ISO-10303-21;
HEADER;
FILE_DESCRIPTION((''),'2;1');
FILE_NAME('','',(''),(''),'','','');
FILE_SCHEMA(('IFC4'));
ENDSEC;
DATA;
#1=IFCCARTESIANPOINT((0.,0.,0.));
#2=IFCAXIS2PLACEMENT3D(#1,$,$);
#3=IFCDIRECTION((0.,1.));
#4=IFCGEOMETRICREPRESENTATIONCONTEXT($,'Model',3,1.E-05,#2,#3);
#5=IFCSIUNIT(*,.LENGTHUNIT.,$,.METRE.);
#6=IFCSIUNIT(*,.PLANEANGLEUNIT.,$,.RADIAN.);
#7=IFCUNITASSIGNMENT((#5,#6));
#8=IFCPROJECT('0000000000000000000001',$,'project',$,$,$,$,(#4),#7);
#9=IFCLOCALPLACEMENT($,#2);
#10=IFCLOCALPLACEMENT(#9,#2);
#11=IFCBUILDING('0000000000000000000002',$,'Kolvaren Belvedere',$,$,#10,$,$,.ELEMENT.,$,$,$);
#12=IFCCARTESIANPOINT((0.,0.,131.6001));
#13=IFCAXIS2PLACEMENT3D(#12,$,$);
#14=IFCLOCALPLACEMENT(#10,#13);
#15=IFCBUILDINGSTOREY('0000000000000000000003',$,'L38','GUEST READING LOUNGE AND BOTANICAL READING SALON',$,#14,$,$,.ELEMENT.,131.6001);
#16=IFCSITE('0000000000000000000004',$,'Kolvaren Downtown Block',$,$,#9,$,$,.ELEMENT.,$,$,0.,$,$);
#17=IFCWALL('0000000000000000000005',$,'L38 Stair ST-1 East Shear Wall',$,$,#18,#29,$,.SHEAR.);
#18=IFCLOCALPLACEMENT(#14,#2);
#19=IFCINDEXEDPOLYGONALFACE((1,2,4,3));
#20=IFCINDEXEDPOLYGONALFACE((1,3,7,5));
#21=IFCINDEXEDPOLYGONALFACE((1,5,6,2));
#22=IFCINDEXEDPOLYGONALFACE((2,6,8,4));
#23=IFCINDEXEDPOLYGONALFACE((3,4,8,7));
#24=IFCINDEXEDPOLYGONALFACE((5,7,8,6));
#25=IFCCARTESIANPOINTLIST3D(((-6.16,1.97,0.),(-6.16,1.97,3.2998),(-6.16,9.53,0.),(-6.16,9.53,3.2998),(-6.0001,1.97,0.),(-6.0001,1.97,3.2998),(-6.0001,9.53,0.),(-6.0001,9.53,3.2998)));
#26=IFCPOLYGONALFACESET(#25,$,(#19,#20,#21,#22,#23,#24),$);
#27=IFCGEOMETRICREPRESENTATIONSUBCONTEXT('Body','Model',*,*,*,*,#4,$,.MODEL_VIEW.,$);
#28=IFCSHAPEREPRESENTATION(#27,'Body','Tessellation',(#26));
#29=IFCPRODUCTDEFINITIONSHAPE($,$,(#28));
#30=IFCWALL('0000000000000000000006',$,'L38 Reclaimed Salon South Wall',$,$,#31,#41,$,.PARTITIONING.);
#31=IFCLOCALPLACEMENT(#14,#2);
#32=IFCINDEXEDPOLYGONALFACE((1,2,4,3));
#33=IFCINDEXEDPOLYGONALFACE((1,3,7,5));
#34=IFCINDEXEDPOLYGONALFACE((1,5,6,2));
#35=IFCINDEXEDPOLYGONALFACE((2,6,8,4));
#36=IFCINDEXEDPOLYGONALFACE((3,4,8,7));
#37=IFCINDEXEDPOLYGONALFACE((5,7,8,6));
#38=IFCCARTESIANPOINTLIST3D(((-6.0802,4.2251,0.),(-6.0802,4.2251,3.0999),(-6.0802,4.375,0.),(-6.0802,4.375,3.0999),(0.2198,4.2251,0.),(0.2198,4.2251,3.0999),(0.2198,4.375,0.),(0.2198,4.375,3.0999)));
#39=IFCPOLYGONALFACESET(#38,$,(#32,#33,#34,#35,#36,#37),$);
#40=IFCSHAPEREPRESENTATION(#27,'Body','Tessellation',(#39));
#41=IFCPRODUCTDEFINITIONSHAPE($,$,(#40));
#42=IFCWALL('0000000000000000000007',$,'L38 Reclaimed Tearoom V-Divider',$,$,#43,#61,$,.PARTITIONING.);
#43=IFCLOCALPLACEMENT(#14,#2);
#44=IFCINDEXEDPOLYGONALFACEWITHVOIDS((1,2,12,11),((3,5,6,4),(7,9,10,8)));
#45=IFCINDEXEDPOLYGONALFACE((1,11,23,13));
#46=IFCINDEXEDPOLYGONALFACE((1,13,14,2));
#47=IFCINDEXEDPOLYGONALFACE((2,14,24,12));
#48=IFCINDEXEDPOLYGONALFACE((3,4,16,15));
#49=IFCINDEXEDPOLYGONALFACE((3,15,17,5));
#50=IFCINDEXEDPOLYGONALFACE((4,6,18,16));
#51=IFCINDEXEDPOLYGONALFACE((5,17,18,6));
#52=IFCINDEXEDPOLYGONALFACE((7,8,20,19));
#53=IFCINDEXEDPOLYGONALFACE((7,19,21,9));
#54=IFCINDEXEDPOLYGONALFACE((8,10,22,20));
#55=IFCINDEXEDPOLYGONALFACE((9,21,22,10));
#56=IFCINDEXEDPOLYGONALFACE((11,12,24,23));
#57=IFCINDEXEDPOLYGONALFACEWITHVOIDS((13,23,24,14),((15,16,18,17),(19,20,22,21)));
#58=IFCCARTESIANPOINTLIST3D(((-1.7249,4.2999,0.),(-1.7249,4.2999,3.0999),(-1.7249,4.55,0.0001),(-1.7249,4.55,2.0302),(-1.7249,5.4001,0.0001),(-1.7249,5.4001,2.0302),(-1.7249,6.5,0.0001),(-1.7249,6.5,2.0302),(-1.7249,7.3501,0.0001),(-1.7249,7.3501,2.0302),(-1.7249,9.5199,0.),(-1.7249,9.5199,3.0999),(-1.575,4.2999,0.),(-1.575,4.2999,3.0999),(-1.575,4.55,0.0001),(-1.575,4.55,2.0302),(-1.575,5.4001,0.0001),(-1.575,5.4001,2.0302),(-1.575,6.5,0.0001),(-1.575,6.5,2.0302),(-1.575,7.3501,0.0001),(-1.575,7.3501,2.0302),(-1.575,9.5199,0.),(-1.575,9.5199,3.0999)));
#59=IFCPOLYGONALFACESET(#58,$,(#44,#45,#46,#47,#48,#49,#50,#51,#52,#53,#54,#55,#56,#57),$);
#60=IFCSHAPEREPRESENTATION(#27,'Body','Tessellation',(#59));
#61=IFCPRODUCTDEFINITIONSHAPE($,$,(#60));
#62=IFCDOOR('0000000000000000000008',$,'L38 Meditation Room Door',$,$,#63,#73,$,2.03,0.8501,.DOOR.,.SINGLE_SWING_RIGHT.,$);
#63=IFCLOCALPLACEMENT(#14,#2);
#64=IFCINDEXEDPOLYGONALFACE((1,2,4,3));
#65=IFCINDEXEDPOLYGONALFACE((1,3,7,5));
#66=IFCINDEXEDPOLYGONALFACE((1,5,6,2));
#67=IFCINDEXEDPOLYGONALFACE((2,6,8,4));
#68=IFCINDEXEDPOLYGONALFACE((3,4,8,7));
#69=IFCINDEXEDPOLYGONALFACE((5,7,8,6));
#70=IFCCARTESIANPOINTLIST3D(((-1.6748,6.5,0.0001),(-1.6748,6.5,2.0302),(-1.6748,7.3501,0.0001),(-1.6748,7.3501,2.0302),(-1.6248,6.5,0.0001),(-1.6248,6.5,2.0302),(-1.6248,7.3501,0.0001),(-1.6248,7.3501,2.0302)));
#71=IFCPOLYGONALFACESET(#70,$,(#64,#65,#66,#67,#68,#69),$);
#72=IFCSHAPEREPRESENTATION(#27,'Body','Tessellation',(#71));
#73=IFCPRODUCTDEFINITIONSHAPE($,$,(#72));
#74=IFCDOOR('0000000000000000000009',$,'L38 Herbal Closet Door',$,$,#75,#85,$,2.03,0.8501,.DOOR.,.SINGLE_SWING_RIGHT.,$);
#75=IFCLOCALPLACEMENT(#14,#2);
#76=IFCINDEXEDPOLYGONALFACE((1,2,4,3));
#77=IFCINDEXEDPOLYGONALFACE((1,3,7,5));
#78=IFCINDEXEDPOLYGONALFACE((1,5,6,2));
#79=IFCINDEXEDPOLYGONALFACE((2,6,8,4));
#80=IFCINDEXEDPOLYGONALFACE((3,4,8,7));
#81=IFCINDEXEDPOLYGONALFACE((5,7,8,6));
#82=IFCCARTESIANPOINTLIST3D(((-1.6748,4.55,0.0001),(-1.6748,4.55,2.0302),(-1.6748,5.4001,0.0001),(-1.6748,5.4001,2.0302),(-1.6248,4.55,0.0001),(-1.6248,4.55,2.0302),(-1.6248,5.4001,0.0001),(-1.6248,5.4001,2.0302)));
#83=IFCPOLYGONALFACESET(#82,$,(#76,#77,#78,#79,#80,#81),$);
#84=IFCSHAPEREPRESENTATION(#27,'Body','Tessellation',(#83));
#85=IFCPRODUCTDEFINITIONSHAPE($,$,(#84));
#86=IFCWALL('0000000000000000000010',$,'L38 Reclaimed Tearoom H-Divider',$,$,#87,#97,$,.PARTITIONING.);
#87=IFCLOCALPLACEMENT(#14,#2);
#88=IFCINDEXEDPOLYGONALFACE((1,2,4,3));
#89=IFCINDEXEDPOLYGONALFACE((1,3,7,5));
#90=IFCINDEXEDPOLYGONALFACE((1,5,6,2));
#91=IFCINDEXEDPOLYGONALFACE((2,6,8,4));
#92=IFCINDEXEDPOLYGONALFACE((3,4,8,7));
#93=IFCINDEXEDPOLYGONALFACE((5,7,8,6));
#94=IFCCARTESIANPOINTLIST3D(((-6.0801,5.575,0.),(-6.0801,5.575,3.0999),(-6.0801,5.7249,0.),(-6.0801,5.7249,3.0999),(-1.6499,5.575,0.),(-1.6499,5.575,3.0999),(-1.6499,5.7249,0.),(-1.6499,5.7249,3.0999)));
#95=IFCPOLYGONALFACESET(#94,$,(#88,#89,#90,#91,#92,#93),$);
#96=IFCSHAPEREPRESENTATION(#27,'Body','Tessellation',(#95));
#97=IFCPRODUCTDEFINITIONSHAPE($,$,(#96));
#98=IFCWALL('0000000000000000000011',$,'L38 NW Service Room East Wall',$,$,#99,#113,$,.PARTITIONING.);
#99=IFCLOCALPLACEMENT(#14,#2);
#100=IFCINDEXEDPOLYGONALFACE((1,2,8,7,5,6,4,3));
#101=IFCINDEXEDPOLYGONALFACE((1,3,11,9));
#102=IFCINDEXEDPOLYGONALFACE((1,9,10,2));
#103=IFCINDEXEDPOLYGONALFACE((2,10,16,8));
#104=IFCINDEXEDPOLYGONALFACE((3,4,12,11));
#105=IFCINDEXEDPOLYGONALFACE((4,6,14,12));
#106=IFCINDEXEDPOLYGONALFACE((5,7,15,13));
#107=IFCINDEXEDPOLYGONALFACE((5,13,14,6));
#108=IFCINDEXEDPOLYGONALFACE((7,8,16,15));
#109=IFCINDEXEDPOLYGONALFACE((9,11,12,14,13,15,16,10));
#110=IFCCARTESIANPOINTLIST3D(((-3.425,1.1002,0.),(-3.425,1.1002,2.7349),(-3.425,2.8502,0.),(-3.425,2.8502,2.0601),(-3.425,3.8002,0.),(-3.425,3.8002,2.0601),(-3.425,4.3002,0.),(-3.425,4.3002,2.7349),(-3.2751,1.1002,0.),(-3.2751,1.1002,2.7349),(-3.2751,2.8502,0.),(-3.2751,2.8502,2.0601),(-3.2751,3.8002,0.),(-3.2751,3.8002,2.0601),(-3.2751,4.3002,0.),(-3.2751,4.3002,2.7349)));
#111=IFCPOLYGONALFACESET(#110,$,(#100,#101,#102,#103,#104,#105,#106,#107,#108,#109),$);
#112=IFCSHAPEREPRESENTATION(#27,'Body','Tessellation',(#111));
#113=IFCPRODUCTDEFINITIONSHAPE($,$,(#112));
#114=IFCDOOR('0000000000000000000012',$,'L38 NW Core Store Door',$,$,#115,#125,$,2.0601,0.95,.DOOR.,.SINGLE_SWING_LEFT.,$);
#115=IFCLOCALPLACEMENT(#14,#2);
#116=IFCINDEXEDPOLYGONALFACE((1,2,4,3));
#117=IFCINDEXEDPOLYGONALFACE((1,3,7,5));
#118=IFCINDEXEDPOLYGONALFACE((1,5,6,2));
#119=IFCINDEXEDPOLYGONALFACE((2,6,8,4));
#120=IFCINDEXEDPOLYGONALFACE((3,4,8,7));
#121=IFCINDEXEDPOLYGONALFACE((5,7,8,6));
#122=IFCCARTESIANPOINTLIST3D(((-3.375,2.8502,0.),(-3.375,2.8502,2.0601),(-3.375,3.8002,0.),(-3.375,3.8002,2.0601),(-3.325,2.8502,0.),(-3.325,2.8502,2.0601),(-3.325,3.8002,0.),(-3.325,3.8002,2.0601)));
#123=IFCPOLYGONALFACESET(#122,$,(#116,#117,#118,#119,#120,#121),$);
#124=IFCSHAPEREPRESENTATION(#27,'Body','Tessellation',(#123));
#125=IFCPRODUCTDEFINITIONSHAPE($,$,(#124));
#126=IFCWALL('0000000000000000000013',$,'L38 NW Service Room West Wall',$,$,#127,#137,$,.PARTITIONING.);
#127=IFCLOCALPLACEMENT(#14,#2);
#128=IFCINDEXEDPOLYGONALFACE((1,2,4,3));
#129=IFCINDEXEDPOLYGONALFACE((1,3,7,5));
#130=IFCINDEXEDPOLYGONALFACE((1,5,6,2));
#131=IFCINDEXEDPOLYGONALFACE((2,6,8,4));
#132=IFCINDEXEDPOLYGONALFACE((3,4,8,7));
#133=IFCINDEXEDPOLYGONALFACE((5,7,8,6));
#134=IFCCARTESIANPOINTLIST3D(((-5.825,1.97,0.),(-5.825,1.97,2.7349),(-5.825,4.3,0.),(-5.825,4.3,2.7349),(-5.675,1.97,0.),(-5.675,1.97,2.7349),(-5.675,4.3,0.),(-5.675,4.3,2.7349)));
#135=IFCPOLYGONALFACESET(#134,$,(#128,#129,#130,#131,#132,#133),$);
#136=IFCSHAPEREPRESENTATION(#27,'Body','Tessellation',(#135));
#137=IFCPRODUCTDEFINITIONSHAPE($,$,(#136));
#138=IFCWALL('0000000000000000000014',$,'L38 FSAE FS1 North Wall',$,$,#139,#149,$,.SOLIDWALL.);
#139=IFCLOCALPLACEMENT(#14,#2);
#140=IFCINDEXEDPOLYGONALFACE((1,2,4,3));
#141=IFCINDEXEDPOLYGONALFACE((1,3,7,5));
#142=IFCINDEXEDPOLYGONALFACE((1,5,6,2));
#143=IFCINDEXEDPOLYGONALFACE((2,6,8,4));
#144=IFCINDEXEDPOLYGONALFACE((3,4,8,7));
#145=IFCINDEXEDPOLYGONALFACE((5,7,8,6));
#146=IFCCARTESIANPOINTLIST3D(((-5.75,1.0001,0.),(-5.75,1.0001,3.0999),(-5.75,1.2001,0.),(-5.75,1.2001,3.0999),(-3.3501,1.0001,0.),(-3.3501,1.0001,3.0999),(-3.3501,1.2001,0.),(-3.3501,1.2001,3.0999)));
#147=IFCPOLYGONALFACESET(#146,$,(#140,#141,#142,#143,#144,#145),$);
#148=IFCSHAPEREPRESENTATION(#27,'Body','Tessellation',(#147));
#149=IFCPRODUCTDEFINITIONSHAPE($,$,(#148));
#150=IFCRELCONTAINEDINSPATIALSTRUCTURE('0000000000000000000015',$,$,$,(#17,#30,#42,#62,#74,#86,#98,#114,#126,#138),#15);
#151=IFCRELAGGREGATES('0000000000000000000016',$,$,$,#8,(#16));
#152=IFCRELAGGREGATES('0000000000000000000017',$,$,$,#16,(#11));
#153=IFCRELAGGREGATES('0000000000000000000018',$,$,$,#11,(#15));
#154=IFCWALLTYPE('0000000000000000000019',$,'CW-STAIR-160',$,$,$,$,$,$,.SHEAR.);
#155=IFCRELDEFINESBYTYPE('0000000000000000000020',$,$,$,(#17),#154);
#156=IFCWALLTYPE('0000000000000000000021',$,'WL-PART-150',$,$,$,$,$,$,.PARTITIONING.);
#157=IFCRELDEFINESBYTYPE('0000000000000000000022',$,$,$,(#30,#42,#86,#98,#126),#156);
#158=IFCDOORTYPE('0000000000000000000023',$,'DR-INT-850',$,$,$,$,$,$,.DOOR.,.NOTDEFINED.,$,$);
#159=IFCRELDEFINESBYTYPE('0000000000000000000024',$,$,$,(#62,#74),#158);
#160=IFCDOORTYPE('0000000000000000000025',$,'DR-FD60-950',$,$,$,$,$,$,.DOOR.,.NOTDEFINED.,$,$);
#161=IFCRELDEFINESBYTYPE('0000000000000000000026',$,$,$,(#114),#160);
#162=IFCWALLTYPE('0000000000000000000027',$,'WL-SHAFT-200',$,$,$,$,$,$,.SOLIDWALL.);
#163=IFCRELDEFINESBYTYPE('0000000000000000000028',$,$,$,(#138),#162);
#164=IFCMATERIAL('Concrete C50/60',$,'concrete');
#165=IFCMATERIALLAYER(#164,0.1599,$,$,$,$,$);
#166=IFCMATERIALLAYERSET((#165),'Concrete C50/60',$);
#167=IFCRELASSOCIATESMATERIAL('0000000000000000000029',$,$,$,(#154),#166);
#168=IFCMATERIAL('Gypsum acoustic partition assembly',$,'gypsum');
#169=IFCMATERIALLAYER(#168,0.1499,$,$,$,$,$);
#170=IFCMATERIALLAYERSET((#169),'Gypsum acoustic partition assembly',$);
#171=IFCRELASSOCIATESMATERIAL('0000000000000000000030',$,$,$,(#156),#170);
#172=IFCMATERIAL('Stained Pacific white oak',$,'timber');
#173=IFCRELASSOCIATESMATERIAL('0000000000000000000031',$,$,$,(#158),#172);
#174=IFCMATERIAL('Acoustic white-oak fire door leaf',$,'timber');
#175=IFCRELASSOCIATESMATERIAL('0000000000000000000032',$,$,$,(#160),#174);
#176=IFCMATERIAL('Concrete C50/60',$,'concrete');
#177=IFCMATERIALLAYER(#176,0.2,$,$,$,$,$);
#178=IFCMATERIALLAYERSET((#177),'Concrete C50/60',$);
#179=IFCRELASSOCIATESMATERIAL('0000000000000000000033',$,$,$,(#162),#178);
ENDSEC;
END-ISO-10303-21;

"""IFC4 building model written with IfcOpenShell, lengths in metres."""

from ifc_helpers import new_model, si_unit, direction, frame, frame_2d, origin, place, context, subcontext, project, spatial, rectangle, extrude, material, layer, layer_set, type_object, element, fill, save


model = new_model("IFC4")

# Units and contexts
model_context = context("Model", 3, precision=1e-05, world=origin(), true_north=direction((0.0, 1.0)))
body_context = subcontext(model_context, "Body", "Model", "MODEL_VIEW")
ifc_project = project(units=[si_unit("LENGTHUNIT", "METRE"), si_unit("PLANEANGLEUNIT", "RADIAN")], contexts=[model_context])

# Site, building, storey
site_placement = place(None, origin())
site = spatial("IfcSite", under=ifc_project, at=site_placement, Name="Kolvaren Downtown Block", CompositionType="ELEMENT", RefElevation=0.0)
building_placement = place(site_placement, origin())
building = spatial("IfcBuilding", under=site, at=building_placement, Name="Kolvaren Belvedere", CompositionType="ELEMENT")
storey_placement = place(building_placement, frame((0.0, 0.0, 131.6001)))
storey = spatial("IfcBuildingStorey", under=building, at=storey_placement, Name="L38", Description="GUEST READING LOUNGE AND BOTANICAL READING SALON", CompositionType="ELEMENT", Elevation=131.6001)

# Shared definitions
ifc_material_1 = material(Name="Concrete C50/60", Category="concrete")
ifc_layer_1 = layer(ifc_material_1, 0.1599)
ifc_layer_set_1 = layer_set([ifc_layer_1], Name="Concrete C50/60")
wall_type_1 = type_object("IfcWallType", Name="CW-STAIR-160", PredefinedType="SHEAR", material=ifc_layer_set_1)

# Walls
for number, where, z_axis, x_axis, name in (
    (1, (-6.0801, 1.97, 0.0), (0.0, 0.0, 1.0), (0.0, 1.0, 0.0), "L38 Stair ST-1 East Shear Wall"),
):
    element("IfcWall", number, at=place(storey_placement, frame(where, z_axis=z_axis, x_axis=x_axis)), inside=storey, type_object=wall_type_1, Name=name, PredefinedType="SHEAR", context=body_context, shape_type="SweptSolid", body=[
        extrude(rectangle(XDim=7.5601, YDim=0.1599, at=frame_2d((3.78, 0.0))), origin(), (0.0, 0.0, 1.0), 3.2998),
    ])
ifc_material_2 = material(Name="Gypsum acoustic partition assembly", Category="gypsum")
ifc_layer_2 = layer(ifc_material_2, 0.1499)
ifc_layer_set_2 = layer_set([ifc_layer_2], Name="Gypsum acoustic partition assembly")
wall_type_2 = type_object("IfcWallType", Name="WL-PART-150", PredefinedType="PARTITIONING", material=ifc_layer_set_2)
wall_1_placement = place(storey_placement, frame((-6.0801, 4.3, 0.0), z_axis=(0.0, 0.0, 1.0), x_axis=(1.0, 0.0, 0.0)))
element("IfcWall", 2, at=wall_1_placement, inside=storey, type_object=wall_type_2, Name="L38 Reclaimed Salon South Wall", PredefinedType="PARTITIONING", context=body_context, shape_type="SweptSolid", body=[
    extrude(rectangle(XDim=6.3, YDim=0.1499, at=frame_2d((3.1499, 0.0))), origin(), (0.0, 0.0, 1.0), 3.0999),
])

# Wall, openings, doors
wall_2_placement = place(storey_placement, frame((-1.6499, 4.3, 0.0), z_axis=(0.0, 0.0, 1.0), x_axis=(0.0, 1.0, 0.0)))
wall_2 = element("IfcWall", 3, at=wall_2_placement, inside=storey, type_object=wall_type_2, Name="L38 Reclaimed Tearoom V-Divider", PredefinedType="PARTITIONING", context=body_context, shape_type="SweptSolid", body=[
    extrude(rectangle(XDim=5.22, YDim=0.1499, at=frame_2d((2.6099, 0.0))), origin(), (0.0, 0.0, 1.0), 3.0999),
])
opening_1_placement = place(wall_2_placement, frame((2.2, 0.0, 0.0)))
opening_1 = element("IfcOpeningElement", 4, at=opening_1_placement, cuts=wall_2, PredefinedType="OPENING", context=body_context, shape_type="SweptSolid", body=[
    extrude(rectangle(XDim=0.8501, YDim=2.03, at=frame_2d((0.425, 1.0151))), frame((0.0, 0.085, 0.0), z_axis=(0.0, -1.0, 0.0), x_axis=(1.0, 0.0, 0.0)), (0.0, 0.0, 1.0), 0.1699),
])
opening_2_placement = place(wall_2_placement, frame((0.25, 0.0, 0.0)))
opening_2 = element("IfcOpeningElement", 5, at=opening_2_placement, cuts=wall_2, PredefinedType="OPENING", context=body_context, shape_type="SweptSolid", body=[
    extrude(rectangle(XDim=0.8501, YDim=2.03, at=frame_2d((0.425, 1.0151))), frame((0.0, 0.085, 0.0), z_axis=(0.0, -1.0, 0.0), x_axis=(1.0, 0.0, 0.0)), (0.0, 0.0, 1.0), 0.1699),
])
ifc_material_3 = material(Name="Stained Pacific white oak", Category="timber")
door_type_1 = type_object("IfcDoorType", Name="DR-INT-850", OperationType="NOTDEFINED", PredefinedType="DOOR", material=ifc_material_3)
door_1_placement = place(opening_1_placement, origin())
door_1 = element("IfcDoor", 6, at=door_1_placement, inside=storey, type_object=door_type_1, Name="L38 Meditation Room Door", OperationType="SINGLE_SWING_RIGHT", OverallHeight=2.03, OverallWidth=0.8501, PredefinedType="DOOR", context=body_context, shape_type="SweptSolid", body=[
    extrude(rectangle(XDim=0.8501, YDim=2.03, at=frame_2d((0.425, 1.0151))), frame((0.0, 0.0249, 0.0), z_axis=(0.0, -1.0, 0.0), x_axis=(1.0, 0.0, 0.0)), (0.0, 0.0, 1.0), 0.05),
])
fill(opening_1, door_1)
door_2_placement = place(opening_2_placement, origin())
door_2 = element("IfcDoor", 7, at=door_2_placement, inside=storey, type_object=door_type_1, Name="L38 Herbal Closet Door", OperationType="SINGLE_SWING_RIGHT", OverallHeight=2.03, OverallWidth=0.8501, PredefinedType="DOOR", context=body_context, shape_type="SweptSolid", body=[
    extrude(rectangle(XDim=0.8501, YDim=2.03, at=frame_2d((0.425, 1.0151))), frame((0.0, 0.0249, 0.0), z_axis=(0.0, -1.0, 0.0), x_axis=(1.0, 0.0, 0.0)), (0.0, 0.0, 1.0), 0.05),
])
fill(opening_2, door_2)

# Wall
wall_3_placement = place(storey_placement, frame((-6.0801, 5.6499, 0.0), z_axis=(0.0, 0.0, 1.0), x_axis=(1.0, 0.0, 0.0)))
element("IfcWall", 8, at=wall_3_placement, inside=storey, type_object=wall_type_2, Name="L38 Reclaimed Tearoom H-Divider", PredefinedType="PARTITIONING", context=body_context, shape_type="SweptSolid", body=[
    extrude(rectangle(XDim=4.4302, YDim=0.1499, at=frame_2d((2.2151, 0.0))), origin(), (0.0, 0.0, 1.0), 3.0999),
])

# Wall, opening, door
wall_4_placement = place(storey_placement, frame((-3.3501, 1.1001, 0.0), z_axis=(0.0, 0.0, 1.0), x_axis=(0.0, 1.0, 0.0)))
wall_4 = element("IfcWall", 9, at=wall_4_placement, inside=storey, type_object=wall_type_2, Name="L38 NW Service Room East Wall", PredefinedType="PARTITIONING", context=body_context, shape_type="SweptSolid", body=[
    extrude(rectangle(XDim=3.2, YDim=0.1499, at=frame_2d((1.6001, 0.0))), origin(), (0.0, 0.0, 1.0), 2.7349),
])
opening_3_placement = place(wall_4_placement, frame((1.75, 0.0, 0.0)))
opening_3 = element("IfcOpeningElement", 10, at=opening_3_placement, cuts=wall_4, PredefinedType="OPENING", context=body_context, shape_type="SweptSolid", body=[
    extrude(rectangle(XDim=0.95, YDim=2.0601, at=frame_2d((0.4751, 1.03))), frame((0.0, 0.085, 0.0), z_axis=(0.0, -1.0, 0.0), x_axis=(1.0, 0.0, 0.0)), (0.0, 0.0, 1.0), 0.1699),
])
ifc_material_4 = material(Name="Acoustic white-oak fire door leaf", Category="timber")
door_type_2 = type_object("IfcDoorType", Name="DR-FD60-950", OperationType="NOTDEFINED", PredefinedType="DOOR", material=ifc_material_4)
door_3_placement = place(opening_3_placement, origin())
door_3 = element("IfcDoor", 11, at=door_3_placement, inside=storey, type_object=door_type_2, Name="L38 NW Core Store Door", OperationType="SINGLE_SWING_LEFT", OverallHeight=2.0601, OverallWidth=0.95, PredefinedType="DOOR", context=body_context, shape_type="SweptSolid", body=[
    extrude(rectangle(XDim=0.95, YDim=2.0601, at=frame_2d((0.4751, 1.03))), frame((0.0, 0.0249, 0.0), z_axis=(0.0, -1.0, 0.0), x_axis=(1.0, 0.0, 0.0)), (0.0, 0.0, 1.0), 0.05),
])
fill(opening_3, door_3)

# Walls
wall_5_placement = place(storey_placement, frame((-5.75, 1.97, 0.0), z_axis=(0.0, 0.0, 1.0), x_axis=(0.0, 1.0, 0.0)))
element("IfcWall", 12, at=wall_5_placement, inside=storey, type_object=wall_type_2, Name="L38 NW Service Room West Wall", PredefinedType="PARTITIONING", context=body_context, shape_type="SweptSolid", body=[
    extrude(rectangle(XDim=2.3301, YDim=0.1499, at=frame_2d((1.165, 0.0))), origin(), (0.0, 0.0, 1.0), 2.7349),
])
ifc_material_5 = material(Name="Concrete C50/60", Category="concrete")
ifc_layer_3 = layer(ifc_material_5, 0.2)
ifc_layer_set_3 = layer_set([ifc_layer_3], Name="Concrete C50/60")
wall_type_3 = type_object("IfcWallType", Name="WL-SHAFT-200", PredefinedType="SOLIDWALL", material=ifc_layer_set_3)
wall_6_placement = place(storey_placement, frame((-5.75, 1.1001, 0.0), z_axis=(0.0, 0.0, 1.0), x_axis=(1.0, 0.0, 0.0)))
element("IfcWall", 13, at=wall_6_placement, inside=storey, type_object=wall_type_3, Name="L38 FSAE FS1 North Wall", PredefinedType="SOLIDWALL", context=body_context, shape_type="SweptSolid", body=[
    extrude(rectangle(XDim=2.3999, YDim=0.2, at=frame_2d((1.2, 0.0))), origin(), (0.0, 0.0, 1.0), 3.0999),
])

save(model, "model.ifc")
